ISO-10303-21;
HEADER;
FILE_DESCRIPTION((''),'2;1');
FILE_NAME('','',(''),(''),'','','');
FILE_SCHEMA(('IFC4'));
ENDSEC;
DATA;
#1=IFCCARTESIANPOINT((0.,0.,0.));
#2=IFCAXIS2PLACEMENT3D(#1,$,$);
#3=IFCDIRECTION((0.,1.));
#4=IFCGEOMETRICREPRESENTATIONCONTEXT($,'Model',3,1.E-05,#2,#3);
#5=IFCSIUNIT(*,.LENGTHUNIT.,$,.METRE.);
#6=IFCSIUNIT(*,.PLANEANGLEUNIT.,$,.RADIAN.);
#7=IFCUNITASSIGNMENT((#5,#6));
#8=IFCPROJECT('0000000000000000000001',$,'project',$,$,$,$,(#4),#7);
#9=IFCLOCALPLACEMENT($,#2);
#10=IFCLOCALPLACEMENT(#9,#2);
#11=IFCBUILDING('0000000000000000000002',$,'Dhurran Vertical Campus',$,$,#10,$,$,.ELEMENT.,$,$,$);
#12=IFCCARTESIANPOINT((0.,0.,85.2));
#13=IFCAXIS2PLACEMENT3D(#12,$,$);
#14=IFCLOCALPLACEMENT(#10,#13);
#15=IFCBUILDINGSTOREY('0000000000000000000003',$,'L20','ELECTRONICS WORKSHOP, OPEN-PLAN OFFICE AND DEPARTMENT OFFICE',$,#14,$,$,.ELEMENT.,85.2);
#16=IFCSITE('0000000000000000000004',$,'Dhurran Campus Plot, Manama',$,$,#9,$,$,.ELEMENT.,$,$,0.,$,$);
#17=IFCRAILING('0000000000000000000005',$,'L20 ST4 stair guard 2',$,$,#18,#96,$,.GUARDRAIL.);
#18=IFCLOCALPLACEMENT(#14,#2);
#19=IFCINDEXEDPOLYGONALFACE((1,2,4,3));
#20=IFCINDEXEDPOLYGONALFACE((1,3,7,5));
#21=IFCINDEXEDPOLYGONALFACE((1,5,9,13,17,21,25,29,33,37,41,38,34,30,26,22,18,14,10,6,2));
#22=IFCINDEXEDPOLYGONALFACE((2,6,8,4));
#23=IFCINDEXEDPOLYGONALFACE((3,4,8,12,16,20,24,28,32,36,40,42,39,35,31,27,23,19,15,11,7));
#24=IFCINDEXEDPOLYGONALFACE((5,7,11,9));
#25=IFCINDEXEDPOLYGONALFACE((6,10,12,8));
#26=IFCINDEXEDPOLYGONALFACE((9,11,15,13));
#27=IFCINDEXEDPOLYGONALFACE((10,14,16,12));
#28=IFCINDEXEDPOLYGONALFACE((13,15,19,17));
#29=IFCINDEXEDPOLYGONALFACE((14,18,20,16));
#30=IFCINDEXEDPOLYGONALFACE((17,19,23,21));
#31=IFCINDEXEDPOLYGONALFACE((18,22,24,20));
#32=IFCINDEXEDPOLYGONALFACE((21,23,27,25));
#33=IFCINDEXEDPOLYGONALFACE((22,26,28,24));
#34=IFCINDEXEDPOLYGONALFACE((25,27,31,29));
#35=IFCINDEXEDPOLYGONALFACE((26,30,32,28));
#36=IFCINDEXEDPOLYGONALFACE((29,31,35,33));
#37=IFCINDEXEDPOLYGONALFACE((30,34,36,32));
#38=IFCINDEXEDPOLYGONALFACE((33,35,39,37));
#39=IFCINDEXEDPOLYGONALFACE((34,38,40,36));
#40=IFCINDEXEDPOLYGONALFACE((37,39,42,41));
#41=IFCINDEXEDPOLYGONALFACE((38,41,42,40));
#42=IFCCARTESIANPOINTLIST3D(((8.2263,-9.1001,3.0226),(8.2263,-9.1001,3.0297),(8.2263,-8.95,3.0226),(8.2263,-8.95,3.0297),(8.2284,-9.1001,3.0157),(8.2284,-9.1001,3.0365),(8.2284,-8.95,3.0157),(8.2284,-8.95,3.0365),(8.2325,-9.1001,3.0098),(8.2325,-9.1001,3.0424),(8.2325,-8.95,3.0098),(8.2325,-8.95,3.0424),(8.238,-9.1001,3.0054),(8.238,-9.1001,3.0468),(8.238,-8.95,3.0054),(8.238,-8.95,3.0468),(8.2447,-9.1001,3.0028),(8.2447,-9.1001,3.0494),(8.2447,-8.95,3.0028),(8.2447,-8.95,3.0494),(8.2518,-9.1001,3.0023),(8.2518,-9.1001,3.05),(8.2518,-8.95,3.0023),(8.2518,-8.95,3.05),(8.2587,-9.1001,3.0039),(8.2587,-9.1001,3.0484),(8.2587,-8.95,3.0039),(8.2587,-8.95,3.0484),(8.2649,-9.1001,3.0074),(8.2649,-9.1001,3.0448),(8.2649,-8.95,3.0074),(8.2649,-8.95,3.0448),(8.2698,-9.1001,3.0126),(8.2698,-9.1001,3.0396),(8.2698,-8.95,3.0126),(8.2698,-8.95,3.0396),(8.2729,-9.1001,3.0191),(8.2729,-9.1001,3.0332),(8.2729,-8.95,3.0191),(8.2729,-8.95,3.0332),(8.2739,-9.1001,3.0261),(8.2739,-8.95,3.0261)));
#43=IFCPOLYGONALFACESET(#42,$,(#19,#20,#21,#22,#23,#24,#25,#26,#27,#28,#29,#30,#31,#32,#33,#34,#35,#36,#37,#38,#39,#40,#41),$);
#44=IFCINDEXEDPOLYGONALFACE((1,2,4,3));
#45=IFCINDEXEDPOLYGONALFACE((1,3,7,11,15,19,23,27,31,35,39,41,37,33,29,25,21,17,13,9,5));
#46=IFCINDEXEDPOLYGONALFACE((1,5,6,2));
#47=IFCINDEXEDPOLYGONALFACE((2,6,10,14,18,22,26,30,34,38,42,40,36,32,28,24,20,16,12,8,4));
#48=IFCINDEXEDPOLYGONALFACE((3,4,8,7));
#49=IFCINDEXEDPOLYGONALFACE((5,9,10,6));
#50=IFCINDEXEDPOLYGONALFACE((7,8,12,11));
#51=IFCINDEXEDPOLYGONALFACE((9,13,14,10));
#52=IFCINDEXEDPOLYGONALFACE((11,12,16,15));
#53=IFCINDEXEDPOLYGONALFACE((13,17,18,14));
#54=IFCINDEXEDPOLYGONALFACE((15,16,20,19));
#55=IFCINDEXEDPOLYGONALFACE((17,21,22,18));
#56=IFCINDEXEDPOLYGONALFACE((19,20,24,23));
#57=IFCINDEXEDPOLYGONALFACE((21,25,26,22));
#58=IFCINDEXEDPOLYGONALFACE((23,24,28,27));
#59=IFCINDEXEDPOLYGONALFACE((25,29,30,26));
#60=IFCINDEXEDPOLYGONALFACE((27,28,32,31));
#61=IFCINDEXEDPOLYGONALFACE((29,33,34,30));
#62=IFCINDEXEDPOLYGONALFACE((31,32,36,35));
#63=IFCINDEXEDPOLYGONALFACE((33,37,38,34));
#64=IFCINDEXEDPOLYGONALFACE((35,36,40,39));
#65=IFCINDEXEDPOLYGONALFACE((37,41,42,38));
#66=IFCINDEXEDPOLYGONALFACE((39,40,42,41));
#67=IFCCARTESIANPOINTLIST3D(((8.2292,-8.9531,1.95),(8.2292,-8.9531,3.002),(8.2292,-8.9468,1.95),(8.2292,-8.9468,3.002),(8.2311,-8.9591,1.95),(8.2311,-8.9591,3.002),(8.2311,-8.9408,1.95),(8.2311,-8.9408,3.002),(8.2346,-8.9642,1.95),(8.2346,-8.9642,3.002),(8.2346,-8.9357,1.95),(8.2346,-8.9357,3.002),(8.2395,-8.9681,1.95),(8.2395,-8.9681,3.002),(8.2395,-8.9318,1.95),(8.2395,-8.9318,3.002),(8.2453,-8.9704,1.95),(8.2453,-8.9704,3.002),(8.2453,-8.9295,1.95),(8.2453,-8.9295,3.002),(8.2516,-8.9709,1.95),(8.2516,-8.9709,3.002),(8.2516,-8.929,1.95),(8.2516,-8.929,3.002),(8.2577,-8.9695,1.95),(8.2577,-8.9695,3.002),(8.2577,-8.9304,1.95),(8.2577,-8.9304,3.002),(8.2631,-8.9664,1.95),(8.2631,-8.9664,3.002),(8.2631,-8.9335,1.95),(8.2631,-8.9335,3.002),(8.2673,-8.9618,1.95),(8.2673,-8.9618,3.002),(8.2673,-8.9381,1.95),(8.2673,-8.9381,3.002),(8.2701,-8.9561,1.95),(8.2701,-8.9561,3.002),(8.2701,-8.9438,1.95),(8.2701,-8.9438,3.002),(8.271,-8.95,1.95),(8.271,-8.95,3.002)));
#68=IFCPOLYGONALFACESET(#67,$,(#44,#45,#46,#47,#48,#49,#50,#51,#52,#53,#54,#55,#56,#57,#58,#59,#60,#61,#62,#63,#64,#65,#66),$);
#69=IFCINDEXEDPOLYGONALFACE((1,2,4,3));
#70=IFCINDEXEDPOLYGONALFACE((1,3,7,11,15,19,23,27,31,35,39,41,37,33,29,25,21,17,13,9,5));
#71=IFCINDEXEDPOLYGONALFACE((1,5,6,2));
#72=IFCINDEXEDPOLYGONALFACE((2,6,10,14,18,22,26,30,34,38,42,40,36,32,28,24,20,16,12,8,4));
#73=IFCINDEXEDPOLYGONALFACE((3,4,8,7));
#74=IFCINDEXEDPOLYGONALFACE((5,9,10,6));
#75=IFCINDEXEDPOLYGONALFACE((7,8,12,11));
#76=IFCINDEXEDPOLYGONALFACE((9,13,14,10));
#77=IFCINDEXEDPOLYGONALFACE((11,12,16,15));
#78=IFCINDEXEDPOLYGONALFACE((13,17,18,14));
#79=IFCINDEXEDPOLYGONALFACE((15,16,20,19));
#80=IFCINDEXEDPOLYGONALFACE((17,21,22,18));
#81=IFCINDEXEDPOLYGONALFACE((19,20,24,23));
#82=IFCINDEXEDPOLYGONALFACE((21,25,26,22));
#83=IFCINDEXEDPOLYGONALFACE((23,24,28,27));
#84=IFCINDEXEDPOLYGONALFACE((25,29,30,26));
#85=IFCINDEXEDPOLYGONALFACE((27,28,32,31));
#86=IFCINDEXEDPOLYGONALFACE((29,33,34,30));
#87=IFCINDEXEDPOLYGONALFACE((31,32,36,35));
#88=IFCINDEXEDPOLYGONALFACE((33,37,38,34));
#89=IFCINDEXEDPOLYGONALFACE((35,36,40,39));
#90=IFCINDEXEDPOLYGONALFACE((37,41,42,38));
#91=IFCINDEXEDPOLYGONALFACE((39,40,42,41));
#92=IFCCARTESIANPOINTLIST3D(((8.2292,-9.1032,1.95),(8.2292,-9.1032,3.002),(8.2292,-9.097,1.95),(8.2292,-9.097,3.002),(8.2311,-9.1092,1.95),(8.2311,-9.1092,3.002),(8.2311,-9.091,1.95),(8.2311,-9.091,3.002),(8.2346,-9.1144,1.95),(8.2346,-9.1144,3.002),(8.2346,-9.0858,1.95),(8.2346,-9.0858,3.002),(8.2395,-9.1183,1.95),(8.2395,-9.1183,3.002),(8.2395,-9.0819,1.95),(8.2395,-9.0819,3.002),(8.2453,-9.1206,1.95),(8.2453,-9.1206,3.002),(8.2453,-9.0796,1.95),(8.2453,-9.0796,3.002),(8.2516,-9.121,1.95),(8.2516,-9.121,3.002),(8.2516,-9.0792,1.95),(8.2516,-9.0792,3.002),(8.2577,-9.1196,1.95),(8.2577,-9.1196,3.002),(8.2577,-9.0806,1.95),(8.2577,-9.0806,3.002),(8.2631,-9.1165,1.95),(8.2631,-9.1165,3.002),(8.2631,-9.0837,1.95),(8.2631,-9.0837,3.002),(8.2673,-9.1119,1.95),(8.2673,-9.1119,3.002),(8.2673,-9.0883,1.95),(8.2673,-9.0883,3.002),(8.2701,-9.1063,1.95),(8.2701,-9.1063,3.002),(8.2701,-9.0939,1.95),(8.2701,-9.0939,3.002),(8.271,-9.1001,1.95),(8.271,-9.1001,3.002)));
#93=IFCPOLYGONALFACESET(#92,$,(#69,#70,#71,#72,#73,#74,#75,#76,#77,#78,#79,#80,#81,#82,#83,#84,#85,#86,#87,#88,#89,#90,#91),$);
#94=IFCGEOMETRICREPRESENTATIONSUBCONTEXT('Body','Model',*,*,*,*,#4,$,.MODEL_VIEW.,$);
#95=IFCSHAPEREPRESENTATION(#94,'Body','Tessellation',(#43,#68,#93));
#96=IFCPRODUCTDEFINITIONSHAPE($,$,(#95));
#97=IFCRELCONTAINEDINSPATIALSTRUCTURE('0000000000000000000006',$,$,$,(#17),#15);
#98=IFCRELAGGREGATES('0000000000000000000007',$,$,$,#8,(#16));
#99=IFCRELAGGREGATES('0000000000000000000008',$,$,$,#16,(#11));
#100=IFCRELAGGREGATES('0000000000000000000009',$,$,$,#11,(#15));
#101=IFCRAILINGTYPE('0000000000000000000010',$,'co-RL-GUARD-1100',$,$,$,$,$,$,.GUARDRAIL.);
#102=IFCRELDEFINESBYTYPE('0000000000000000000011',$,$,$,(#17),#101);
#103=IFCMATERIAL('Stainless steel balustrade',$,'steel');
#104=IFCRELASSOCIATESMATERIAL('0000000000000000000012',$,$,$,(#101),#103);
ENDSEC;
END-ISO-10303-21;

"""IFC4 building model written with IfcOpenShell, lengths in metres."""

from ifc_helpers import new_model, si_unit, direction, frame, origin, origin_2d, place, context, subcontext, project, spatial, circle, extrude, material, type_object, element, save


model = new_model("IFC4")

# Units and contexts
model_context = context("Model", 3, precision=1e-05, world=origin(), true_north=direction((0.0, 1.0)))
body_context = subcontext(model_context, "Body", "Model", "MODEL_VIEW")
ifc_project = project(units=[si_unit("LENGTHUNIT", "METRE"), si_unit("PLANEANGLEUNIT", "RADIAN")], contexts=[model_context])

# Site, building, storey
site_placement = place(None, origin())
site = spatial("IfcSite", under=ifc_project, at=site_placement, Name="Dhurran Campus Plot, Manama", CompositionType="ELEMENT", RefElevation=0.0)
building_placement = place(site_placement, origin())
building = spatial("IfcBuilding", under=site, at=building_placement, Name="Dhurran Vertical Campus", CompositionType="ELEMENT")
storey_placement = place(building_placement, frame((0.0, 0.0, 85.2)))
storey = spatial("IfcBuildingStorey", under=building, at=storey_placement, Name="L20", Description="ELECTRONICS WORKSHOP, OPEN-PLAN OFFICE AND DEPARTMENT OFFICE", CompositionType="ELEMENT", Elevation=85.2)

# Railing
ifc_material_1 = material(Name="Stainless steel balustrade", Category="steel")
railing_type_1 = type_object("IfcRailingType", Name="co-RL-GUARD-1100", PredefinedType="GUARDRAIL", material=ifc_material_1)
railing_1_placement = place(storey_placement, frame((8.25, -8.95, 1.95)))
element("IfcRailing", 1, at=railing_1_placement, inside=storey, type_object=railing_type_1, Name="L20 ST4 stair guard 2", PredefinedType="GUARDRAIL", context=body_context, shape_type="SweptSolid", body=[
    extrude(circle(Radius=0.0239, at=origin_2d()), frame((0.0, 0.0, 1.0762), z_axis=(0.0, -1.0, 0.0), x_axis=(1.0, 0.0, 0.0)), (0.0, 0.0, 1.0), 0.1501),
    extrude(circle(Radius=0.021, at=origin_2d()), origin(), (0.0, 0.0, 1.0), 1.052),
    extrude(circle(Radius=0.021, at=origin_2d()), frame((0.0, -0.1501, 0.0)), (0.0, 0.0, 1.0), 1.052),
])

save(model, "model.ifc")
